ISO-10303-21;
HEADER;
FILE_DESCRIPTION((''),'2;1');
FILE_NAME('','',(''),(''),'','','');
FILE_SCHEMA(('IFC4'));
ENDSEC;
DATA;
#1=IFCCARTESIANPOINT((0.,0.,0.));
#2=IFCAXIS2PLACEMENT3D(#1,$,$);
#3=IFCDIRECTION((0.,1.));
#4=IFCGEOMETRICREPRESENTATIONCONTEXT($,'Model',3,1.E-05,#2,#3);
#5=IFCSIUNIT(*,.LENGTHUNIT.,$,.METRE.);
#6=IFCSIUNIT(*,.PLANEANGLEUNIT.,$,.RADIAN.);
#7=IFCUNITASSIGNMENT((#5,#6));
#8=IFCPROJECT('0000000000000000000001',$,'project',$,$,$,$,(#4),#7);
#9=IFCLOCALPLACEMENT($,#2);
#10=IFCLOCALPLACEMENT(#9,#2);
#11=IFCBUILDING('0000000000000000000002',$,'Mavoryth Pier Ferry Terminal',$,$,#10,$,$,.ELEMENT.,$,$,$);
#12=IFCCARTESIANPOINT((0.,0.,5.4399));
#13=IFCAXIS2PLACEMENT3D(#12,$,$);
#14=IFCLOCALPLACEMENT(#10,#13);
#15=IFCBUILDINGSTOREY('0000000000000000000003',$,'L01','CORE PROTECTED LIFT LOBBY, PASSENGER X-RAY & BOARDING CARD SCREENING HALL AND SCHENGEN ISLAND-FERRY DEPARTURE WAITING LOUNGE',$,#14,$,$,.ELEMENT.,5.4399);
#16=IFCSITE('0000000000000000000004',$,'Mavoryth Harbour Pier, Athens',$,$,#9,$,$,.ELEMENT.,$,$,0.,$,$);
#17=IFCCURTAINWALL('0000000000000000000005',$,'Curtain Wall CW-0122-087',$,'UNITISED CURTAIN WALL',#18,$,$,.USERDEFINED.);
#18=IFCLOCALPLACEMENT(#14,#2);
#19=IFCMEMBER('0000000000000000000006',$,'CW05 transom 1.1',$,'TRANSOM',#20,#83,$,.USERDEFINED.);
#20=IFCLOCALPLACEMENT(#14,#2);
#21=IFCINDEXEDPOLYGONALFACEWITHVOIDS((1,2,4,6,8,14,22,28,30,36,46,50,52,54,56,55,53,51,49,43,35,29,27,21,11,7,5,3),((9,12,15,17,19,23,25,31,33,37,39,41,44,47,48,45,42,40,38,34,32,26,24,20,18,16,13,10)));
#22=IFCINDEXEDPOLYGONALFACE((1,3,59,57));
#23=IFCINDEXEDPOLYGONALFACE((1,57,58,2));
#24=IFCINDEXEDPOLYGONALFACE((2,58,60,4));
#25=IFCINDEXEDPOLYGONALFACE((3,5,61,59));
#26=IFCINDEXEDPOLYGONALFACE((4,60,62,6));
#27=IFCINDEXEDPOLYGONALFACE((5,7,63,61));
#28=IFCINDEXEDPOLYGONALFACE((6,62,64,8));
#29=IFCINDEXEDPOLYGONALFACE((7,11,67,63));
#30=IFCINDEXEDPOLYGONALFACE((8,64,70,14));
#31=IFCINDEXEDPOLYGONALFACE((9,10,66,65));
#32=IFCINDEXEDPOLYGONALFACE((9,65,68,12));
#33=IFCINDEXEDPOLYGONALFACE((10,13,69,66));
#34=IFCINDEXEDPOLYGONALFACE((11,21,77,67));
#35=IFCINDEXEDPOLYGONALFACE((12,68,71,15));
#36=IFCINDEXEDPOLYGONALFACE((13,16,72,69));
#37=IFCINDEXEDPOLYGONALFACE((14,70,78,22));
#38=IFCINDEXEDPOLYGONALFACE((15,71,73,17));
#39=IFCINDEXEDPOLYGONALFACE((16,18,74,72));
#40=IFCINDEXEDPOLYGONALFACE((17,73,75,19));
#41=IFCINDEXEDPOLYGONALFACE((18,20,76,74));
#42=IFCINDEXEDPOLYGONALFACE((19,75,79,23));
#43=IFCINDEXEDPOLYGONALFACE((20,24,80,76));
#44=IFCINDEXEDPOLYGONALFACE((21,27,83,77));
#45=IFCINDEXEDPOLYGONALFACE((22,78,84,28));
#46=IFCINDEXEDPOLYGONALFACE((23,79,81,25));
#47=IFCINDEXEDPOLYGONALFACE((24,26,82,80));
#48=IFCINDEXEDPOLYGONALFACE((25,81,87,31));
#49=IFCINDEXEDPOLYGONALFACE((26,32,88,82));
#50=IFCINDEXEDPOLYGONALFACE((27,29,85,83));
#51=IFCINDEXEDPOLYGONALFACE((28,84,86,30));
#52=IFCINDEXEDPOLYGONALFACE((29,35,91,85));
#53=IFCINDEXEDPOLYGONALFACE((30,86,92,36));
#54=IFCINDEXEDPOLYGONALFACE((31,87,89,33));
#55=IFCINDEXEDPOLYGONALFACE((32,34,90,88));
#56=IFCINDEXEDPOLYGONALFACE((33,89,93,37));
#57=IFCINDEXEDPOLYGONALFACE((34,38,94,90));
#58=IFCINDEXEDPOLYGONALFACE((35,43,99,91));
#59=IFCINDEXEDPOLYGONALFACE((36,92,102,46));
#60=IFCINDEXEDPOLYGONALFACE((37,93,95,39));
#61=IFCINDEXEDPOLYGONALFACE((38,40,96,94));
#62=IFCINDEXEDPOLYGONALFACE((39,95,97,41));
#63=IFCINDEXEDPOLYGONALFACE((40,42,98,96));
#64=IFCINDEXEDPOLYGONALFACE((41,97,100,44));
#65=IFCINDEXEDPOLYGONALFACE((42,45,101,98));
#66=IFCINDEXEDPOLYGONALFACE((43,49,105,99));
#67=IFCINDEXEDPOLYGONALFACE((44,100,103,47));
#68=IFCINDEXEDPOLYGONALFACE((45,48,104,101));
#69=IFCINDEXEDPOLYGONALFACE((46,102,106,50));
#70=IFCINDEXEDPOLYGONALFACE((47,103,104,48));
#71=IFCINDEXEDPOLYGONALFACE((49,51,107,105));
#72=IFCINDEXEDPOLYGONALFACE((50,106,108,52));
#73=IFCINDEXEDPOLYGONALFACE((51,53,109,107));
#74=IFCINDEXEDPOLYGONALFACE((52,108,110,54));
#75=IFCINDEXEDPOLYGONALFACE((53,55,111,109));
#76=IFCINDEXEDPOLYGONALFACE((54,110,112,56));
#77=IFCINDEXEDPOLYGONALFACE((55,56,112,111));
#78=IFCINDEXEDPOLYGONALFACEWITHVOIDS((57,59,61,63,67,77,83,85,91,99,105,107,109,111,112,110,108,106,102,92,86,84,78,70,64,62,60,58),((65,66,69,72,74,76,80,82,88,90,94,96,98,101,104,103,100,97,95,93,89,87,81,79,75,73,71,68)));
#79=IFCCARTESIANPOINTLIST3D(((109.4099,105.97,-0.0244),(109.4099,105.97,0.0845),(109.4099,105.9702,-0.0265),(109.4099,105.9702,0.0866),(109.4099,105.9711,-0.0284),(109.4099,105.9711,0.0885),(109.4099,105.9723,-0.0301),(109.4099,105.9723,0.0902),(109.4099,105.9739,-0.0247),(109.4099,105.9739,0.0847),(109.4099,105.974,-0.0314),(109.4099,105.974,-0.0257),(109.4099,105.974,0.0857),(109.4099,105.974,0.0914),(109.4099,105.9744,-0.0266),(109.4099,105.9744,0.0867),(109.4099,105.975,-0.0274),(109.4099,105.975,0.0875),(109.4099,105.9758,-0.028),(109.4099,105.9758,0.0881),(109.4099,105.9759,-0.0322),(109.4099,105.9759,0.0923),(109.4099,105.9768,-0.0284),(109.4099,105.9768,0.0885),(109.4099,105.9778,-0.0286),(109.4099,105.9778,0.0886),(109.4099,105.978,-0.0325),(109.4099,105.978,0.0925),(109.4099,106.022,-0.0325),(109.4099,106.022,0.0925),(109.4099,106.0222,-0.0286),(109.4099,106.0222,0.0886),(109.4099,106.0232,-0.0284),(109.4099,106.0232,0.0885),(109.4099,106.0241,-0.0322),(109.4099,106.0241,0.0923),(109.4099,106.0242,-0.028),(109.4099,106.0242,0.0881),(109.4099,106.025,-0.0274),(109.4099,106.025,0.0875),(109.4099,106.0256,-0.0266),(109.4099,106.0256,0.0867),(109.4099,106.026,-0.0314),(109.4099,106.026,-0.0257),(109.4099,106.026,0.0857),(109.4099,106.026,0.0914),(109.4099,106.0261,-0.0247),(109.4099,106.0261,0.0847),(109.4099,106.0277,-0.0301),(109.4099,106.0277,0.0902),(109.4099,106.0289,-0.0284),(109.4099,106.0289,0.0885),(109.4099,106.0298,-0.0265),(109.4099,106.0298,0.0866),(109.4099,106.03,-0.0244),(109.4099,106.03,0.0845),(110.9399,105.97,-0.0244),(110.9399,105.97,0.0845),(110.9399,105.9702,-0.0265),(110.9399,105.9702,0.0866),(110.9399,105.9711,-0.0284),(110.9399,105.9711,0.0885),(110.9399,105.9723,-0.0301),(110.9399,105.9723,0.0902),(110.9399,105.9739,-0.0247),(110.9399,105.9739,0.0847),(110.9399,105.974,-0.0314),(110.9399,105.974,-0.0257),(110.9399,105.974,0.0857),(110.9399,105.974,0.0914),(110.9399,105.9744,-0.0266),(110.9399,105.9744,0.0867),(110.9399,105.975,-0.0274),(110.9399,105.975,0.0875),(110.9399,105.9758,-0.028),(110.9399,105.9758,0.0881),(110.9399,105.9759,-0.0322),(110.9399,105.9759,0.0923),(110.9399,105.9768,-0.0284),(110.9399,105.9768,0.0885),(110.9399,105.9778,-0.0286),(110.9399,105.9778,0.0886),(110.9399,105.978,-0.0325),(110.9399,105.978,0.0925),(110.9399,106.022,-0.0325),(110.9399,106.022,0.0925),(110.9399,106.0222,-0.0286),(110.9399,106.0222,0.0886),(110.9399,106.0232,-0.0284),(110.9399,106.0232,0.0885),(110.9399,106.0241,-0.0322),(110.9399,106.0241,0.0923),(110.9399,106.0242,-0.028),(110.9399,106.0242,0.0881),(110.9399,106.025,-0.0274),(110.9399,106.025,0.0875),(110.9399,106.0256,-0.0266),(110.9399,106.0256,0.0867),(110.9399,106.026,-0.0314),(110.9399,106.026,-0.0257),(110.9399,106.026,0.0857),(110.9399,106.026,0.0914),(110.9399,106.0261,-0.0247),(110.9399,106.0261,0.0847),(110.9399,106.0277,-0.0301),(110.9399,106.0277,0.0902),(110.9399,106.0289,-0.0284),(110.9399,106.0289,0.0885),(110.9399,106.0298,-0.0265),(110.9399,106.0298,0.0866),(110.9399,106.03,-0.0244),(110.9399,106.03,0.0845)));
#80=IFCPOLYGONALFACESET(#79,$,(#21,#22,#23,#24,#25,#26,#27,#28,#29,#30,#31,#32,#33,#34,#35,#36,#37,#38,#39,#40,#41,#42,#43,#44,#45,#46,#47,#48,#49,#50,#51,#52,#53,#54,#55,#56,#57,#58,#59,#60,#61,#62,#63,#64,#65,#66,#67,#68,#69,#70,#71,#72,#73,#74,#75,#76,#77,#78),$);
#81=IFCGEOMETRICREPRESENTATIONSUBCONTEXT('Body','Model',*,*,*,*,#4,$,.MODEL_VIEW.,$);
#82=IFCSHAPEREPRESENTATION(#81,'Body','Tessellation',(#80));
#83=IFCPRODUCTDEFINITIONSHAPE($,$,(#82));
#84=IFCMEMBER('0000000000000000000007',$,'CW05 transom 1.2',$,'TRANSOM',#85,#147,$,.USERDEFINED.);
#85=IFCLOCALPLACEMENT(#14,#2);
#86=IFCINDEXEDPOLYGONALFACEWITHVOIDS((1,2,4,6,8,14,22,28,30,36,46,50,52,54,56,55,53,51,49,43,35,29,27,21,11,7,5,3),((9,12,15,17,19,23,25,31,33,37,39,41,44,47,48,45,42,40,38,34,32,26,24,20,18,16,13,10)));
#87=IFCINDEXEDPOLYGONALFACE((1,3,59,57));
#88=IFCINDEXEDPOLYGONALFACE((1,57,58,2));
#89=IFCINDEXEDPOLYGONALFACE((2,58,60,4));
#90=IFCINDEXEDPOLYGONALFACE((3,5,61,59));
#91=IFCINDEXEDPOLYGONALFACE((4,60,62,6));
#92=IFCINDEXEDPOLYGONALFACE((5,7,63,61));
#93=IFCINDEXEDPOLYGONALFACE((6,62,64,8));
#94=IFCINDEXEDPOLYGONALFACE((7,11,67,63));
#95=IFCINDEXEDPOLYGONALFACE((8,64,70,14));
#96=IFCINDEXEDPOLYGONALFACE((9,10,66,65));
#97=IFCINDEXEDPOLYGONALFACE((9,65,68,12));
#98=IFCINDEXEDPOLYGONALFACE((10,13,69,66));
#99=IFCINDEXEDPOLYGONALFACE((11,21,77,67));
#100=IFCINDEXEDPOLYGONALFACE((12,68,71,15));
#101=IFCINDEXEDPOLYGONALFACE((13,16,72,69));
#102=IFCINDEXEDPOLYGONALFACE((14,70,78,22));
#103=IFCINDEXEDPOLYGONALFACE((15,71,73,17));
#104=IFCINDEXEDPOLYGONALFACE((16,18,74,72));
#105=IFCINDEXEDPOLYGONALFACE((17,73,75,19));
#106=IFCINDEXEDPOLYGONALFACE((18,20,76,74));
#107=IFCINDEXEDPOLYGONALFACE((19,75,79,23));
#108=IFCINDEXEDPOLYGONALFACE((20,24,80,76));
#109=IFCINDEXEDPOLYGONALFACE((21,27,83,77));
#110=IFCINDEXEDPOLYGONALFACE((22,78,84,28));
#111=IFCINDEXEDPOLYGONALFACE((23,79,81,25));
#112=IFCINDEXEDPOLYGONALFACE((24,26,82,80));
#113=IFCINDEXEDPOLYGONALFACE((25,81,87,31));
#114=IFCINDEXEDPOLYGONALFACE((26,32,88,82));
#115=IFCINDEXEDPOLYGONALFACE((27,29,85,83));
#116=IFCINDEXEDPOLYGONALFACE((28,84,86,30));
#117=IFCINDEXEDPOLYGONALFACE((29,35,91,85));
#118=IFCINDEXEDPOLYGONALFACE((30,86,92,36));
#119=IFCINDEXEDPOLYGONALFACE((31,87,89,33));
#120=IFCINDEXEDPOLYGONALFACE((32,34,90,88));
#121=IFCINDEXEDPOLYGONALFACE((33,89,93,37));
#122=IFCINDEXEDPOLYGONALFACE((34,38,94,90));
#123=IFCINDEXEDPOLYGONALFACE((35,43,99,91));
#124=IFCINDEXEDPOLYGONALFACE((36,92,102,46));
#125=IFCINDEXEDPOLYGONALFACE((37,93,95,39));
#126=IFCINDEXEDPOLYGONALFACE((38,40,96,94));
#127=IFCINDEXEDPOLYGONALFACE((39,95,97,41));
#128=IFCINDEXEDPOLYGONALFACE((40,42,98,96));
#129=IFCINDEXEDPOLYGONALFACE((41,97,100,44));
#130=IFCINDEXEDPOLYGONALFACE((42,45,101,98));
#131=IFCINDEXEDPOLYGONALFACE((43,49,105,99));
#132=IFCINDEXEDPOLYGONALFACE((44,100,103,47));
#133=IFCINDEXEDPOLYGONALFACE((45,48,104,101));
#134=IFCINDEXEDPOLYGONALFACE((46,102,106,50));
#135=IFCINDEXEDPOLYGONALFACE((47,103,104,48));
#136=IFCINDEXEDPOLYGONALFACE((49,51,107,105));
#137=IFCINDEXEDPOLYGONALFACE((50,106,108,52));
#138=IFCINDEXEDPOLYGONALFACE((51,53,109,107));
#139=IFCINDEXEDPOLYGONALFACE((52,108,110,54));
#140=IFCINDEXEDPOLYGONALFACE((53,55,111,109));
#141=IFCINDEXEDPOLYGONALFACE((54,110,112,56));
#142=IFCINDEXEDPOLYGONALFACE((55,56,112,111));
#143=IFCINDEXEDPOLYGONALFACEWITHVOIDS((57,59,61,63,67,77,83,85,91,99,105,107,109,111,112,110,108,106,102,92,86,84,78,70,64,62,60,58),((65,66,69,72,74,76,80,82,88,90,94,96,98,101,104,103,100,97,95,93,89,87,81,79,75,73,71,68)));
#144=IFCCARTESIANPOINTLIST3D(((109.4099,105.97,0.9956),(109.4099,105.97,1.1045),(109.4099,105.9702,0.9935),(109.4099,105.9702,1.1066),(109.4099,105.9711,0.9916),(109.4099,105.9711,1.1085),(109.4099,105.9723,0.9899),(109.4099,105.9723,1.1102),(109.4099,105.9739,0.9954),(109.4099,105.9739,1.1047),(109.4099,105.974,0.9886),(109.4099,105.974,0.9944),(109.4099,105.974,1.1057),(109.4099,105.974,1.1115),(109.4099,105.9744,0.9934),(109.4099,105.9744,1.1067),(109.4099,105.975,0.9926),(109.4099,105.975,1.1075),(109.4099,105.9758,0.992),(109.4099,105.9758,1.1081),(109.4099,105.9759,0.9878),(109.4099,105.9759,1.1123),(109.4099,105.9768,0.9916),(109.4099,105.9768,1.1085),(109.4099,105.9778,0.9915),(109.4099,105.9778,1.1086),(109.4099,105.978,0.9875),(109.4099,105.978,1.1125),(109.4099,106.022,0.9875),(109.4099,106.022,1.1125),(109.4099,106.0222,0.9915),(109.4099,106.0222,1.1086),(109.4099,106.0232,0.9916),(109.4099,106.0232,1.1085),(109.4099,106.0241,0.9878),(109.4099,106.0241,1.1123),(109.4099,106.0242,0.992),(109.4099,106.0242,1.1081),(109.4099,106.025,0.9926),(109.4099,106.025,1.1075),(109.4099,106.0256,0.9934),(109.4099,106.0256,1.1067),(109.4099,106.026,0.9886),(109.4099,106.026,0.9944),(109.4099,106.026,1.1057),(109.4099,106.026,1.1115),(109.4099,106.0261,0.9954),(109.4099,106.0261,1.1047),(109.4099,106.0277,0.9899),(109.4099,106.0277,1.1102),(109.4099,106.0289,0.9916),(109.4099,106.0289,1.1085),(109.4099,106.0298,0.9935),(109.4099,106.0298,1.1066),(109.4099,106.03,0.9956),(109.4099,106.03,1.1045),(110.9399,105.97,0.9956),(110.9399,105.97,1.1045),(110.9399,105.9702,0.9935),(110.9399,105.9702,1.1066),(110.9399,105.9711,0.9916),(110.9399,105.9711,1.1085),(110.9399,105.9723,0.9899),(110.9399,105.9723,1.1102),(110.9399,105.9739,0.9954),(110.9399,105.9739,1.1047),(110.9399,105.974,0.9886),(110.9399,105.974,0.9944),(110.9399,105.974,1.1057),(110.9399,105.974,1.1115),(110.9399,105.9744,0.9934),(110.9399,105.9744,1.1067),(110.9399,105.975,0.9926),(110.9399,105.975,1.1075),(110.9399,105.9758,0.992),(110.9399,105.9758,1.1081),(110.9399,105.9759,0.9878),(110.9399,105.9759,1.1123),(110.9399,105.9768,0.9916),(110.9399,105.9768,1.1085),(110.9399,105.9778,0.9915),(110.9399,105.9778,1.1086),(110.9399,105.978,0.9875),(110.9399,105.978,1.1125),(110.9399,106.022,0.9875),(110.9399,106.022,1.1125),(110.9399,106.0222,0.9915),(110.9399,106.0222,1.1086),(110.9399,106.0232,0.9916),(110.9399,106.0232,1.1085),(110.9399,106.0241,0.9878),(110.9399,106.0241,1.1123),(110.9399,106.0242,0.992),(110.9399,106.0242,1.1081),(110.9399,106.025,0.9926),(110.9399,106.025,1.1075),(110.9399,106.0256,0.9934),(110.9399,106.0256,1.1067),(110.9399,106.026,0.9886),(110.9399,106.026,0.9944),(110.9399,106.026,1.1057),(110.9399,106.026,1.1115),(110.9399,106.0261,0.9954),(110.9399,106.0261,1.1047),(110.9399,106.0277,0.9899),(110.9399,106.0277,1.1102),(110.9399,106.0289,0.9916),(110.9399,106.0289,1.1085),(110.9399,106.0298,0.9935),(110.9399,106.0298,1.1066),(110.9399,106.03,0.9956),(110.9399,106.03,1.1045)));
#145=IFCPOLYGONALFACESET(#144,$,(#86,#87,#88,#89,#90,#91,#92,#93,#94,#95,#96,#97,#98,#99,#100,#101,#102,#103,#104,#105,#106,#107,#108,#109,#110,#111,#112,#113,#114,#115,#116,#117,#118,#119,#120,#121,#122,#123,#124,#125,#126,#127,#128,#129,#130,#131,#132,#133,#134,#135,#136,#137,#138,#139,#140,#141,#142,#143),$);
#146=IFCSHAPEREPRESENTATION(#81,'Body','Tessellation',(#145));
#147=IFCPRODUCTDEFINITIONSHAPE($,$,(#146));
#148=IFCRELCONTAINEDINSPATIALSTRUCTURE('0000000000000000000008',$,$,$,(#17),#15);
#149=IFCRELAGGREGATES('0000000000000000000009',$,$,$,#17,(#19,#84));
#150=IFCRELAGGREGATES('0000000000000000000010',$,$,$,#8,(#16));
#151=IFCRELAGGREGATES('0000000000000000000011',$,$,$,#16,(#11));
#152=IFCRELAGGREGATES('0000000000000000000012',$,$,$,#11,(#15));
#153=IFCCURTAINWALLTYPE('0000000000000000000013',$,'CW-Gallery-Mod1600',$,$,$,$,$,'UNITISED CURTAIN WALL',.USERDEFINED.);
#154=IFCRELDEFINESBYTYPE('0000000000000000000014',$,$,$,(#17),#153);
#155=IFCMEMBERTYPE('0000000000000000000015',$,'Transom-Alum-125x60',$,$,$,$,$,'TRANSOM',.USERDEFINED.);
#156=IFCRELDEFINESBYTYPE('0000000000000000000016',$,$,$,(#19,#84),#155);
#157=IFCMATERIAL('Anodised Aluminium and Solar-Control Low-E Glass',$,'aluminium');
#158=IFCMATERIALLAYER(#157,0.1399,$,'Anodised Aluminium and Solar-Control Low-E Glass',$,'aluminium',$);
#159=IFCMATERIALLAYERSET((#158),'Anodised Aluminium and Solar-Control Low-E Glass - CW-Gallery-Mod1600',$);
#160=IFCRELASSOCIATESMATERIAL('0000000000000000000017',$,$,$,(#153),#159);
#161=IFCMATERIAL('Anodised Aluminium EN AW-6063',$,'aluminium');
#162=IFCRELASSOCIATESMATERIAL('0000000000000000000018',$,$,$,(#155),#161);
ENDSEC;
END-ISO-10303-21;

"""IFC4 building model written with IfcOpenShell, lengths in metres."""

from ifc_helpers import new_model, si_unit, direction, frame, origin, origin_2d, place, context, subcontext, project, spatial, hollow_rectangle, extrude, material, layer, layer_set, material_profile, profile_set, type_object, element, aggregate, save


model = new_model("IFC4")

# Units and contexts
model_context = context("Model", 3, precision=1e-05, world=origin(), true_north=direction((0.0, 1.0)))
body_context = subcontext(model_context, "Body", "Model", "MODEL_VIEW")
ifc_project = project(units=[si_unit("LENGTHUNIT", "METRE"), si_unit("PLANEANGLEUNIT", "RADIAN")], contexts=[model_context])

# Site, building, storey
site_placement = place(None, origin())
site = spatial("IfcSite", under=ifc_project, at=site_placement, Name="Mavoryth Harbour Pier, Athens", CompositionType="ELEMENT", RefElevation=0.0)
building_placement = place(site_placement, origin())
building = spatial("IfcBuilding", under=site, at=building_placement, Name="Mavoryth Pier Ferry Terminal", CompositionType="ELEMENT")
storey_placement = place(building_placement, frame((0.0, 0.0, 5.4399)))
storey = spatial("IfcBuildingStorey", under=building, at=storey_placement, Name="L01", Description="CORE PROTECTED LIFT LOBBY, PASSENGER X-RAY & BOARDING CARD SCREENING HALL AND SCHENGEN ISLAND-FERRY DEPARTURE WAITING LOUNGE", CompositionType="ELEMENT", Elevation=5.4399)

# Curtain wall
ifc_material_1 = material(Name="Anodised Aluminium and Solar-Control Low-E Glass", Category="aluminium")
ifc_layer_1 = layer(ifc_material_1, 0.1399, Name="Anodised Aluminium and Solar-Control Low-E Glass", Category="aluminium")
ifc_layer_set_1 = layer_set([ifc_layer_1], Name="Anodised Aluminium and Solar-Control Low-E Glass - CW-Gallery-Mod1600")
curtain_wall_type = type_object("IfcCurtainWallType", Name="CW-Gallery-Mod1600", ElementType="UNITISED CURTAIN WALL", PredefinedType="USERDEFINED", material=ifc_layer_set_1)
ifc_material_2 = material(Name="Anodised Aluminium EN AW-6063", Category="aluminium")
curtain_wall_1_placement = place(storey_placement, origin())
curtain_wall_1 = element("IfcCurtainWall", 1, at=curtain_wall_1_placement, inside=storey, type_object=curtain_wall_type, Name="Curtain Wall CW-0122-087", ObjectType="UNITISED CURTAIN WALL", PredefinedType="USERDEFINED")

# Members
ifc_material_profile_1 = material_profile(ifc_material_2, hollow_rectangle(XDim=0.0601, YDim=0.125, WallThickness=0.0039, InnerFilletRadius=0.0039, OuterFilletRadius=0.0081, at=origin_2d()), Name="AL-TRAN 125x60x4", Category="aluminium")
ifc_profile_set_1 = profile_set([ifc_material_profile_1], Name="Anodised Aluminium EN AW-6063 - AL-TRAN 125x60x4")
member_type_1 = type_object("IfcMemberType", Name="Transom-Alum-125x60", ElementType="TRANSOM", PredefinedType="USERDEFINED", material=ifc_profile_set_1)
member_1_placement = place(storey_placement, frame((109.4099, 106.0, 0.03), z_axis=(1.0, 0.0, 0.0), x_axis=(0.0, 1.0, 0.0)))
member_1 = element("IfcMember", 2, at=member_1_placement, type_object=member_type_1, Name="CW05 transom 1.1", ObjectType="TRANSOM", PredefinedType="USERDEFINED", context=body_context, shape_type="SweptSolid", body=[
    extrude(hollow_rectangle(XDim=0.0601, YDim=0.125, WallThickness=0.0039, InnerFilletRadius=0.0039, OuterFilletRadius=0.0081, at=origin_2d()), origin(), (0.0, 0.0, 1.0), 1.53),
])
member_2_placement = place(storey_placement, frame((109.4099, 106.0, 1.05), z_axis=(1.0, 0.0, 0.0), x_axis=(0.0, 1.0, 0.0)))
member_2 = element("IfcMember", 3, at=member_2_placement, type_object=member_type_1, Name="CW05 transom 1.2", ObjectType="TRANSOM", PredefinedType="USERDEFINED", context=body_context, shape_type="SweptSolid", body=[
    extrude(hollow_rectangle(XDim=0.0601, YDim=0.125, WallThickness=0.0039, InnerFilletRadius=0.0039, OuterFilletRadius=0.0081, at=origin_2d()), origin(), (0.0, 0.0, 1.0), 1.53),
])

aggregate(curtain_wall_1, [member_1, member_2])

save(model, "model.ifc")
